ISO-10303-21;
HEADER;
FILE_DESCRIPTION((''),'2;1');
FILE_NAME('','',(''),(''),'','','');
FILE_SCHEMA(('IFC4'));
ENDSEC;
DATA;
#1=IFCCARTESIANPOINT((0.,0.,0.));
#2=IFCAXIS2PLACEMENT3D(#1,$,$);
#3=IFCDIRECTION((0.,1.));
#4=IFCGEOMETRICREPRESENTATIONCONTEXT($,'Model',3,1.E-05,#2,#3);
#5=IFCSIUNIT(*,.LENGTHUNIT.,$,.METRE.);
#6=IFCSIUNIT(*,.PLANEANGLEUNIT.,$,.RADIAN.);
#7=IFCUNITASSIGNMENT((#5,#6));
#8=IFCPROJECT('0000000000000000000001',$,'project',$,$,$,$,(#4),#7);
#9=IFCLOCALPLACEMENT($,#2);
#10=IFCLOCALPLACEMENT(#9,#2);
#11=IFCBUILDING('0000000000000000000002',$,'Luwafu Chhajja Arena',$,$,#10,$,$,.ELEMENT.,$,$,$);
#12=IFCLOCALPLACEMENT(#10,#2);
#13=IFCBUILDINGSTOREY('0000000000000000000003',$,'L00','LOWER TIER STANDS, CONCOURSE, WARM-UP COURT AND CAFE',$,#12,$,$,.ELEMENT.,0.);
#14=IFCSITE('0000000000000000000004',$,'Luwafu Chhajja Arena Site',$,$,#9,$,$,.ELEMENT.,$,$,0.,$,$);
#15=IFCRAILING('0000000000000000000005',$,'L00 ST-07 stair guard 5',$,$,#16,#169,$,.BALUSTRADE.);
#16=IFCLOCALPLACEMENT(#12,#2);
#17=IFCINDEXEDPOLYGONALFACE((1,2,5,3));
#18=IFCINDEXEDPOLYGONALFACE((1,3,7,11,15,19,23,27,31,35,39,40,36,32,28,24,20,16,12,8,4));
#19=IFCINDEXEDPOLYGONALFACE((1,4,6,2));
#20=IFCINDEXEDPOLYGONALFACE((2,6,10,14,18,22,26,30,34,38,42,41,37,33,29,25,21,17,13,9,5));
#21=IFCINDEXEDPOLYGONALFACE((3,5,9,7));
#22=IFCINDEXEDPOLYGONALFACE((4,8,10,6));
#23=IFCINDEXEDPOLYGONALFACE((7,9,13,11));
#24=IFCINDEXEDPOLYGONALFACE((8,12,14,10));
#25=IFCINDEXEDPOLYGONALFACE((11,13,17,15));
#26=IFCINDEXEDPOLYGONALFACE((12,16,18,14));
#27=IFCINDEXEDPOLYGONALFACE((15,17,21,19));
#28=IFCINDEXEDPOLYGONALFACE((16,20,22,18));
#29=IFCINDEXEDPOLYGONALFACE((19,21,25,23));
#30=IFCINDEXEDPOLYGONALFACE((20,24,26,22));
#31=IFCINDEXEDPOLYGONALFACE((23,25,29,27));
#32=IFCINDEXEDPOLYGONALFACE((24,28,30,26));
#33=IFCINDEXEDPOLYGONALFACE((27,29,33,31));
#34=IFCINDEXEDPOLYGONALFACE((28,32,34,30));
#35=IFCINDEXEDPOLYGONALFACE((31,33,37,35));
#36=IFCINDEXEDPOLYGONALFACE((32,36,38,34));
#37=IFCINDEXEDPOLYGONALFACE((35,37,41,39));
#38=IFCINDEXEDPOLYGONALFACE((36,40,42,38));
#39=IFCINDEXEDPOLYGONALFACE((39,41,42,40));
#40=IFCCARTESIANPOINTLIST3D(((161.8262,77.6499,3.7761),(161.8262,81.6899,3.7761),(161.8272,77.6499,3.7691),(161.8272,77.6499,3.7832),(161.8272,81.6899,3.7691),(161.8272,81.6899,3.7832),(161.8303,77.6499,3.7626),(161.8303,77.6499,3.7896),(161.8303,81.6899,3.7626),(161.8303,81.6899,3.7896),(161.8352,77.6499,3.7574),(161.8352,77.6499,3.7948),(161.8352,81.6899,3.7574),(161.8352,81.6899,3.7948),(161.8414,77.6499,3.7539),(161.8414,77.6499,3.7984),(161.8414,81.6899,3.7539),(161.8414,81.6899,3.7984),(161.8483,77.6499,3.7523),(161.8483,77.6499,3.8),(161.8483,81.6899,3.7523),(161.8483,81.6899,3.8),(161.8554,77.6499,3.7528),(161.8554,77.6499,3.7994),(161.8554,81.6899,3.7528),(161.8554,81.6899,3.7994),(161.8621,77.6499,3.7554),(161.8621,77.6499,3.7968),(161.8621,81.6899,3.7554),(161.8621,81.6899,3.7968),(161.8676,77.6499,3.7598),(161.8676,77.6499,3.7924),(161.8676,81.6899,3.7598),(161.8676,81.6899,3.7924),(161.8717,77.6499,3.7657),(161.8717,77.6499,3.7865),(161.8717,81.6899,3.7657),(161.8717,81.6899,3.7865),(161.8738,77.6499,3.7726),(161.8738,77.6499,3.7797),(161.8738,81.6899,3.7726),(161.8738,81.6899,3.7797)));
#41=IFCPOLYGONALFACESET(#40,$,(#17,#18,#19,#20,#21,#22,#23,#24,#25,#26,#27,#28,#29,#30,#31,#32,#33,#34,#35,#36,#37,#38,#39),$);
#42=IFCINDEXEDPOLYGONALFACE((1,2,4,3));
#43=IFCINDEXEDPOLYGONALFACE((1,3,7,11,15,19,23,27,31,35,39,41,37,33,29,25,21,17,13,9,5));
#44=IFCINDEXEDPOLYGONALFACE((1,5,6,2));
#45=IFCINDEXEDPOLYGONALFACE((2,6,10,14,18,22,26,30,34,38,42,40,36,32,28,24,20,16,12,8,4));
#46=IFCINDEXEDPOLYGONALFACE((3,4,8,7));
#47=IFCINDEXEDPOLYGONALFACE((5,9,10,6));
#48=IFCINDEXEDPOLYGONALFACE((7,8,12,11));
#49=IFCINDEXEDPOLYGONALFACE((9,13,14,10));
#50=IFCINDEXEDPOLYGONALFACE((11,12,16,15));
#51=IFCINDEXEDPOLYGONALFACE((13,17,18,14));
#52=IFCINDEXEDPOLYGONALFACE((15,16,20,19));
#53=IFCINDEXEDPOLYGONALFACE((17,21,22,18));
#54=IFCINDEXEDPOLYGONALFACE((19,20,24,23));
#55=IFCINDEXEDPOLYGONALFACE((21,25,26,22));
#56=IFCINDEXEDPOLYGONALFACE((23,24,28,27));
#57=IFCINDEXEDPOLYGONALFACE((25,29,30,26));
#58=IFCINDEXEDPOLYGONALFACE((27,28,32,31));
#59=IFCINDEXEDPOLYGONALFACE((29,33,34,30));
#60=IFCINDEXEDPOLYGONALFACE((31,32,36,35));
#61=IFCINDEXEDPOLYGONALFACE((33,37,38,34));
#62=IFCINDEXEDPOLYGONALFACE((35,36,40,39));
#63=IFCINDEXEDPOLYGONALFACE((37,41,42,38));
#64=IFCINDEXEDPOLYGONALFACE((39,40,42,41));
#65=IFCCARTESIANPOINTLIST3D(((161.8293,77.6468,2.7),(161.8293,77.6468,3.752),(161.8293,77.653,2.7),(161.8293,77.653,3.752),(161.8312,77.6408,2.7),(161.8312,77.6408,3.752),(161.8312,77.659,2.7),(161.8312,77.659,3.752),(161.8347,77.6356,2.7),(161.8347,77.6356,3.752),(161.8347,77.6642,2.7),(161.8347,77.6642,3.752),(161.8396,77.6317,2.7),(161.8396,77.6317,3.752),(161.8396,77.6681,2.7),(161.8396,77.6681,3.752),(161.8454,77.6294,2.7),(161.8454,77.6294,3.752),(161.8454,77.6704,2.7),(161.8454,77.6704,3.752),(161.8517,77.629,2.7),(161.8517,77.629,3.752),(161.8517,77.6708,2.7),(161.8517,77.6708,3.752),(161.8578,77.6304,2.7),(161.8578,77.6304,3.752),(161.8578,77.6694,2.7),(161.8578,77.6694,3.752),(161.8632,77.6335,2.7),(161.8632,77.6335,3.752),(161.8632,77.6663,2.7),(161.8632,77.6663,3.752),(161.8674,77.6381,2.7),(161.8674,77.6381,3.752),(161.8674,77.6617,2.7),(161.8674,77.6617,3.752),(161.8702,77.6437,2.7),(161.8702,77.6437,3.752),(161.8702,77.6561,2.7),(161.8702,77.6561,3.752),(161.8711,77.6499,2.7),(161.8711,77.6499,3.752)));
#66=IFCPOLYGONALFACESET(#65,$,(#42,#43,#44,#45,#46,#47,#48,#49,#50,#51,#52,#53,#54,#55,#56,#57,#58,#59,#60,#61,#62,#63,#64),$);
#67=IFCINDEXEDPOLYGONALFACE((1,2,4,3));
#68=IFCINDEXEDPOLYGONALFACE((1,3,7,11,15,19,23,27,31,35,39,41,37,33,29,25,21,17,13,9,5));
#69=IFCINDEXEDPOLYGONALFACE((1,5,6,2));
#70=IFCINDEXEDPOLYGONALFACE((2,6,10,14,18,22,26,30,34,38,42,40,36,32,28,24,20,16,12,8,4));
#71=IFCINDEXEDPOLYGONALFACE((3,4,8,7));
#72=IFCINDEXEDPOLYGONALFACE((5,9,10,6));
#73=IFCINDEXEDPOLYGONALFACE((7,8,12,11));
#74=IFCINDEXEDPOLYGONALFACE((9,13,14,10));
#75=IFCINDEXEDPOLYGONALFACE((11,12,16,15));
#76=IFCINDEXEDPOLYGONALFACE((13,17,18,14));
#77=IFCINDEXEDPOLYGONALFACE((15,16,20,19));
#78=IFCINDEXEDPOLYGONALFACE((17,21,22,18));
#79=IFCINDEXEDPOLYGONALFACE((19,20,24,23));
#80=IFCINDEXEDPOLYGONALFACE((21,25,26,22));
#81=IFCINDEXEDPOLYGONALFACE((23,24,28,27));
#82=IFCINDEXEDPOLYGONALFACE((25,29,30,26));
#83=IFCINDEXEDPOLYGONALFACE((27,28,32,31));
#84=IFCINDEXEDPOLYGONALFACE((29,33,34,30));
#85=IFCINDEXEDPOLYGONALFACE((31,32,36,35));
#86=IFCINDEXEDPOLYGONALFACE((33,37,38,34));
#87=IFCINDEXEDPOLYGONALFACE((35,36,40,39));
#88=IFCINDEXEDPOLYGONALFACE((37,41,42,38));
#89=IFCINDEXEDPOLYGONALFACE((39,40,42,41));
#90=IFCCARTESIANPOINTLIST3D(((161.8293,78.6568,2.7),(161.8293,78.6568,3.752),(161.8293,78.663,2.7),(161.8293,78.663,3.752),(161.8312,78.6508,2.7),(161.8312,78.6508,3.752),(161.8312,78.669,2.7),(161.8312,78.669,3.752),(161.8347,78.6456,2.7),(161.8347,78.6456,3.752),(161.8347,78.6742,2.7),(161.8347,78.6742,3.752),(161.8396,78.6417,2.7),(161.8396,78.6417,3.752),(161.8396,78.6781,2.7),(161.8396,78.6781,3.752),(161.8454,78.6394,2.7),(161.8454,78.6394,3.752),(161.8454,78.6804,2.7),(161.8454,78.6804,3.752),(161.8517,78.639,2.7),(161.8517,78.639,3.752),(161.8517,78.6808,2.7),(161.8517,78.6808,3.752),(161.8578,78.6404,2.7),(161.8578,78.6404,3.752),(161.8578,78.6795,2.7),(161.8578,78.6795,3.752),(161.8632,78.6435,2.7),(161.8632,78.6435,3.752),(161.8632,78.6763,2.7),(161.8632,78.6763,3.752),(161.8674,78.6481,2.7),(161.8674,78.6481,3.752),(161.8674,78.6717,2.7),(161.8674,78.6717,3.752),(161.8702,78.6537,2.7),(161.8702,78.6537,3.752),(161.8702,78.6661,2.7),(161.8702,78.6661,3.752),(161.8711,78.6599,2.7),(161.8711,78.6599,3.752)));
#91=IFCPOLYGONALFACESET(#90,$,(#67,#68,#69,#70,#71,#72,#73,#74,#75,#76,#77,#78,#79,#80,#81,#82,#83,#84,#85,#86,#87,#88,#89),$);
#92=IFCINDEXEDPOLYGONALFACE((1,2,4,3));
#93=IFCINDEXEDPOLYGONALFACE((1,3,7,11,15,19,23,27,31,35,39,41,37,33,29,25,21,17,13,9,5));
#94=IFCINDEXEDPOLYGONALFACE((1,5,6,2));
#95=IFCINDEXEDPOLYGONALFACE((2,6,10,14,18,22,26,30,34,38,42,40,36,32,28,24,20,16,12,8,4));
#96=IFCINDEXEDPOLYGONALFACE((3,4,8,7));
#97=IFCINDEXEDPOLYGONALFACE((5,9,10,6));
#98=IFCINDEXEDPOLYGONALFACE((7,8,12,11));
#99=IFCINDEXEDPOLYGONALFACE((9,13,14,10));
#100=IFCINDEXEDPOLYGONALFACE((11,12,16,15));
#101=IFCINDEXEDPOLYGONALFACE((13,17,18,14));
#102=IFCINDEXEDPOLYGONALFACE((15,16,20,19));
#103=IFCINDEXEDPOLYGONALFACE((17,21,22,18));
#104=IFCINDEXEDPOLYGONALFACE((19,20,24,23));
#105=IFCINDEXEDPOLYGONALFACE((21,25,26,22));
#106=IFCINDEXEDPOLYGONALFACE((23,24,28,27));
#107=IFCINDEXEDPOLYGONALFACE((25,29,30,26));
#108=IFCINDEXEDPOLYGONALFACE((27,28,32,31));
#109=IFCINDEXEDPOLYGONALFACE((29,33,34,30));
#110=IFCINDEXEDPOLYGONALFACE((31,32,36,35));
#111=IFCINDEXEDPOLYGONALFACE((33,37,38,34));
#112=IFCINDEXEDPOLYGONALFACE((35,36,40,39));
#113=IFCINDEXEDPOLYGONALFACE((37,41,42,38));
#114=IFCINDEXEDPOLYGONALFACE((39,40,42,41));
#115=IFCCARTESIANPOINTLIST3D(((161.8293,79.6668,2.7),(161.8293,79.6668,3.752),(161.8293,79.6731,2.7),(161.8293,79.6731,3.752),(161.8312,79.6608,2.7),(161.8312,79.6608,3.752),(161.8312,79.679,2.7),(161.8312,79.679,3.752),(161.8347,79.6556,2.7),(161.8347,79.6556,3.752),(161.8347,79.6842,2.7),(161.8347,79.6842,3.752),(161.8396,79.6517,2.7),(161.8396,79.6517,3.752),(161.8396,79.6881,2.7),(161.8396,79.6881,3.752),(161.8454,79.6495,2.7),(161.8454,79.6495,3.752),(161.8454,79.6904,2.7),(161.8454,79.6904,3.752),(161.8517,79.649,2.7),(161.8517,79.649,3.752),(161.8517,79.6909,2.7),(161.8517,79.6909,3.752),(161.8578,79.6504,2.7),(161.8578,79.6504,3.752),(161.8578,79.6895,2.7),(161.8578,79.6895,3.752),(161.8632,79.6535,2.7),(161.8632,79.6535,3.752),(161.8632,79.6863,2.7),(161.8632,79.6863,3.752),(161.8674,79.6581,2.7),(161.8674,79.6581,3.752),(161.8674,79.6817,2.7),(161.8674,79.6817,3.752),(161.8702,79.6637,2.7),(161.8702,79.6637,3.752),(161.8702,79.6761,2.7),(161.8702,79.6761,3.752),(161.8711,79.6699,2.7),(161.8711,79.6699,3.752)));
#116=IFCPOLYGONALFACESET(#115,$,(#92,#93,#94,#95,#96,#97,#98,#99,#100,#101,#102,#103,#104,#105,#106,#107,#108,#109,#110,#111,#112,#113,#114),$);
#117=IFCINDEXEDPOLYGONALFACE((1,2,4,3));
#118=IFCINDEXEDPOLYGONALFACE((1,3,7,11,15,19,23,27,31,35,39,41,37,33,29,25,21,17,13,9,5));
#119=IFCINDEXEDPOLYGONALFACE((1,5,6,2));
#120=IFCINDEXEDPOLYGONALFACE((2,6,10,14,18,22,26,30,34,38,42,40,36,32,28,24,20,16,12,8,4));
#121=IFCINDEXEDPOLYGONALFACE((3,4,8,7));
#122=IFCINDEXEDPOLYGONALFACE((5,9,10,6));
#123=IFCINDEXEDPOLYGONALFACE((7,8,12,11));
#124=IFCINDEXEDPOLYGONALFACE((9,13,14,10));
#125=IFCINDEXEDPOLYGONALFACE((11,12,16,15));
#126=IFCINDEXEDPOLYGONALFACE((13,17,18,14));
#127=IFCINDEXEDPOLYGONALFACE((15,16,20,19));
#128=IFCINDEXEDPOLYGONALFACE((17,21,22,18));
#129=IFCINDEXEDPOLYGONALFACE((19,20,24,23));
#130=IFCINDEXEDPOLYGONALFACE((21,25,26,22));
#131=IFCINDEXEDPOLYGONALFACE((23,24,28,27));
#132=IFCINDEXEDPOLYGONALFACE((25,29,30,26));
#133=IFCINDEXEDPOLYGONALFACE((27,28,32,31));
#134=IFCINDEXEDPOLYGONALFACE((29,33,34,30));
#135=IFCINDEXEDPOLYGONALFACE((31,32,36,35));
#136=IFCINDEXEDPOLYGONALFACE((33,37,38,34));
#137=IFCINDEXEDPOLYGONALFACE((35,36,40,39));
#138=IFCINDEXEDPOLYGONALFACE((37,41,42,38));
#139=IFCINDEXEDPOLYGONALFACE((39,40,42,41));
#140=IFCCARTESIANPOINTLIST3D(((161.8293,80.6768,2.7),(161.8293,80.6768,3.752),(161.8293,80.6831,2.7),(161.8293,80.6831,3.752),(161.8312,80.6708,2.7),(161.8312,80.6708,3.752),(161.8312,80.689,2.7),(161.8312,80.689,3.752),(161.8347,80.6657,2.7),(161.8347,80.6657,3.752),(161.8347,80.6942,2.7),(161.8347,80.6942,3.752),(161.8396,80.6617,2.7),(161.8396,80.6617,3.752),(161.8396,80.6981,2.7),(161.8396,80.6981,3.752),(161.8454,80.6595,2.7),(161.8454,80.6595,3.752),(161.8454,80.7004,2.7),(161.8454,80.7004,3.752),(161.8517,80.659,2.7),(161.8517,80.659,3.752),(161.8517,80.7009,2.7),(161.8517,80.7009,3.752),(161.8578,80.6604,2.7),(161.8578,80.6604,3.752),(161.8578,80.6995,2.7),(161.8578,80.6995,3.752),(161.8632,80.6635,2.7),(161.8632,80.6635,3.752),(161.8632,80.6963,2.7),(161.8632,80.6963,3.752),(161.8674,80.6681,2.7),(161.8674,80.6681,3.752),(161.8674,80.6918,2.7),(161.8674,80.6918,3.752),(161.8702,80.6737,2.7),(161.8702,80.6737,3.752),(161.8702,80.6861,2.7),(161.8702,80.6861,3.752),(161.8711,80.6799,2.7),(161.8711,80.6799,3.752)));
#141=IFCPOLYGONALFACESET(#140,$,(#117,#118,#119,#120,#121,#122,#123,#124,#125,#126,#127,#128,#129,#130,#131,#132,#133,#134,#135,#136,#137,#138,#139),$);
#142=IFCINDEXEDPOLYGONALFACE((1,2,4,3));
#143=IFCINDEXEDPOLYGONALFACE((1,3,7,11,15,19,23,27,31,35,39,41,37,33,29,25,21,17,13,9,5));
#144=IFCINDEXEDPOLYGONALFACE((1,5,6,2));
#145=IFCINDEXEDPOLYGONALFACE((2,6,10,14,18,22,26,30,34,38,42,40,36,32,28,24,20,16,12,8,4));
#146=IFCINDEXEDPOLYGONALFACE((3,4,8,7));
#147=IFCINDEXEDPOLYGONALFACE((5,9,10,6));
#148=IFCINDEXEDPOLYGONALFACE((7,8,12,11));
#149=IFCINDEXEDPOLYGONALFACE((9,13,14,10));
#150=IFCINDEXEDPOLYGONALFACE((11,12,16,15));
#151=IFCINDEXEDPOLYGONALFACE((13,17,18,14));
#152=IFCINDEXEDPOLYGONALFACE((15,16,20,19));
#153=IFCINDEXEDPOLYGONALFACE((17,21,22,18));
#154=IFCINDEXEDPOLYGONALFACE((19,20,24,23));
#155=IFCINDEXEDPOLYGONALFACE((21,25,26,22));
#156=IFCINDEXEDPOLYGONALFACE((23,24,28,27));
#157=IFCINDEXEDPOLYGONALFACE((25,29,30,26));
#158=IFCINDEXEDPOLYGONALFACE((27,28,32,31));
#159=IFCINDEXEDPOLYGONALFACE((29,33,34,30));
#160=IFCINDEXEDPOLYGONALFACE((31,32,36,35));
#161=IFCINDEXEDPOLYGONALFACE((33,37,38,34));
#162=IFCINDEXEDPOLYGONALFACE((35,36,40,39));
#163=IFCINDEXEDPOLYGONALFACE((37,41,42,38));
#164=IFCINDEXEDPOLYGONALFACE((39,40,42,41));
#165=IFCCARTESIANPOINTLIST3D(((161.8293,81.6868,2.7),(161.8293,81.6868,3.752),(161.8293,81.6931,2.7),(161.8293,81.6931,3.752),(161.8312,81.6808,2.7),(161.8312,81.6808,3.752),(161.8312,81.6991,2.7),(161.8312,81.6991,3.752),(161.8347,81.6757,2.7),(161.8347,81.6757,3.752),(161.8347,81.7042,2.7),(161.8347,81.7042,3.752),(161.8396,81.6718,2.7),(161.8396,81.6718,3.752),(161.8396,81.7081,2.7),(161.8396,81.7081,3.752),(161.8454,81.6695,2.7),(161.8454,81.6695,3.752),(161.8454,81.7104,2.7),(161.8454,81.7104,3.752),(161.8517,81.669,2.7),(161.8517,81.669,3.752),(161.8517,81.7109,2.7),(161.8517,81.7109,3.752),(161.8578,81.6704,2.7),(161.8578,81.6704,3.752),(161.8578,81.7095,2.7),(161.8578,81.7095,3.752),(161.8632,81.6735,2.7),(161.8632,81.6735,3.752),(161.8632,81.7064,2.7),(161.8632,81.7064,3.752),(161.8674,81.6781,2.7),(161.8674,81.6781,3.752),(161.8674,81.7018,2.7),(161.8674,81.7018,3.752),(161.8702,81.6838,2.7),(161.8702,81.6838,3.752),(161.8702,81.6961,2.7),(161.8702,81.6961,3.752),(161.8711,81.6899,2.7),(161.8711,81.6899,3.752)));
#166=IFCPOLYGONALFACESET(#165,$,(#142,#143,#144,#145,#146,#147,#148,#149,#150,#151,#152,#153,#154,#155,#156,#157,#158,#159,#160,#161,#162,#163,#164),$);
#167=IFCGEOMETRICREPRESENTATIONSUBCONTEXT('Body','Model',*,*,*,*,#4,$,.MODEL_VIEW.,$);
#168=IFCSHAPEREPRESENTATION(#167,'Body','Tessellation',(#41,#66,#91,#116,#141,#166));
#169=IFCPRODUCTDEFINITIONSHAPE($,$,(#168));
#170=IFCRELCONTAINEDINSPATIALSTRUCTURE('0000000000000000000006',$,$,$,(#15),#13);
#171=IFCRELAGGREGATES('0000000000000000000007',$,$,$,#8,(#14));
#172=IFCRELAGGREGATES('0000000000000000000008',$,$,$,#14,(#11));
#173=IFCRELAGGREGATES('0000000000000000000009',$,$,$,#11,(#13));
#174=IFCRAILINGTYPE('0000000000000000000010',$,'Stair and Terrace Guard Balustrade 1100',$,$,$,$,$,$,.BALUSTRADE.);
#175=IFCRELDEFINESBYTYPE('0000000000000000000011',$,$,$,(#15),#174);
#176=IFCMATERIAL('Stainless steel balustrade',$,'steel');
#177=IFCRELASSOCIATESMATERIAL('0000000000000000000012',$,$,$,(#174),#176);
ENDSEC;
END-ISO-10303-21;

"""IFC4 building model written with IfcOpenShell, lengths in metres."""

from ifc_helpers import new_model, si_unit, direction, frame, origin, origin_2d, place, context, subcontext, project, spatial, circle, extrude, material, type_object, element, save


model = new_model("IFC4")

# Units and contexts
model_context = context("Model", 3, precision=1e-05, world=origin(), true_north=direction((0.0, 1.0)))
body_context = subcontext(model_context, "Body", "Model", "MODEL_VIEW")
ifc_project = project(units=[si_unit("LENGTHUNIT", "METRE"), si_unit("PLANEANGLEUNIT", "RADIAN")], contexts=[model_context])

# Site, building, storey
site_placement = place(None, origin())
site = spatial("IfcSite", under=ifc_project, at=site_placement, Name="Luwafu Chhajja Arena Site", CompositionType="ELEMENT", RefElevation=0.0)
building_placement = place(site_placement, origin())
building = spatial("IfcBuilding", under=site, at=building_placement, Name="Luwafu Chhajja Arena", CompositionType="ELEMENT")
storey_placement = place(building_placement, origin())
storey = spatial("IfcBuildingStorey", under=building, at=storey_placement, Name="L00", Description="LOWER TIER STANDS, CONCOURSE, WARM-UP COURT AND CAFE", CompositionType="ELEMENT", Elevation=0.0)

# Railing
ifc_material_1 = material(Name="Stainless steel balustrade", Category="steel")
railing_type_1 = type_object("IfcRailingType", Name="Stair and Terrace Guard Balustrade 1100", PredefinedType="BALUSTRADE", material=ifc_material_1)
railing_1_placement = place(storey_placement, frame((161.8501, 77.6499, 2.7)))
element("IfcRailing", 1, at=railing_1_placement, inside=storey, type_object=railing_type_1, Name="L00 ST-07 stair guard 5", PredefinedType="BALUSTRADE", context=body_context, shape_type="SweptSolid", body=[
    extrude(circle(Radius=0.0239, at=origin_2d()), frame((0.0, 0.0, 1.0762), z_axis=(0.0, 1.0, 0.0), x_axis=(-1.0, 0.0, 0.0)), (0.0, 0.0, 1.0), 4.04),
    extrude(circle(Radius=0.021, at=origin_2d()), origin(), (0.0, 0.0, 1.0), 1.052),
    extrude(circle(Radius=0.021, at=origin_2d()), frame((0.0, 1.01, 0.0)), (0.0, 0.0, 1.0), 1.052),
    extrude(circle(Radius=0.021, at=origin_2d()), frame((0.0, 2.02, 0.0)), (0.0, 0.0, 1.0), 1.052),
    extrude(circle(Radius=0.021, at=origin_2d()), frame((0.0, 3.03, 0.0)), (0.0, 0.0, 1.0), 1.052),
    extrude(circle(Radius=0.021, at=origin_2d()), frame((0.0, 4.04, 0.0)), (0.0, 0.0, 1.0), 1.052),
])

save(model, "model.ifc")
